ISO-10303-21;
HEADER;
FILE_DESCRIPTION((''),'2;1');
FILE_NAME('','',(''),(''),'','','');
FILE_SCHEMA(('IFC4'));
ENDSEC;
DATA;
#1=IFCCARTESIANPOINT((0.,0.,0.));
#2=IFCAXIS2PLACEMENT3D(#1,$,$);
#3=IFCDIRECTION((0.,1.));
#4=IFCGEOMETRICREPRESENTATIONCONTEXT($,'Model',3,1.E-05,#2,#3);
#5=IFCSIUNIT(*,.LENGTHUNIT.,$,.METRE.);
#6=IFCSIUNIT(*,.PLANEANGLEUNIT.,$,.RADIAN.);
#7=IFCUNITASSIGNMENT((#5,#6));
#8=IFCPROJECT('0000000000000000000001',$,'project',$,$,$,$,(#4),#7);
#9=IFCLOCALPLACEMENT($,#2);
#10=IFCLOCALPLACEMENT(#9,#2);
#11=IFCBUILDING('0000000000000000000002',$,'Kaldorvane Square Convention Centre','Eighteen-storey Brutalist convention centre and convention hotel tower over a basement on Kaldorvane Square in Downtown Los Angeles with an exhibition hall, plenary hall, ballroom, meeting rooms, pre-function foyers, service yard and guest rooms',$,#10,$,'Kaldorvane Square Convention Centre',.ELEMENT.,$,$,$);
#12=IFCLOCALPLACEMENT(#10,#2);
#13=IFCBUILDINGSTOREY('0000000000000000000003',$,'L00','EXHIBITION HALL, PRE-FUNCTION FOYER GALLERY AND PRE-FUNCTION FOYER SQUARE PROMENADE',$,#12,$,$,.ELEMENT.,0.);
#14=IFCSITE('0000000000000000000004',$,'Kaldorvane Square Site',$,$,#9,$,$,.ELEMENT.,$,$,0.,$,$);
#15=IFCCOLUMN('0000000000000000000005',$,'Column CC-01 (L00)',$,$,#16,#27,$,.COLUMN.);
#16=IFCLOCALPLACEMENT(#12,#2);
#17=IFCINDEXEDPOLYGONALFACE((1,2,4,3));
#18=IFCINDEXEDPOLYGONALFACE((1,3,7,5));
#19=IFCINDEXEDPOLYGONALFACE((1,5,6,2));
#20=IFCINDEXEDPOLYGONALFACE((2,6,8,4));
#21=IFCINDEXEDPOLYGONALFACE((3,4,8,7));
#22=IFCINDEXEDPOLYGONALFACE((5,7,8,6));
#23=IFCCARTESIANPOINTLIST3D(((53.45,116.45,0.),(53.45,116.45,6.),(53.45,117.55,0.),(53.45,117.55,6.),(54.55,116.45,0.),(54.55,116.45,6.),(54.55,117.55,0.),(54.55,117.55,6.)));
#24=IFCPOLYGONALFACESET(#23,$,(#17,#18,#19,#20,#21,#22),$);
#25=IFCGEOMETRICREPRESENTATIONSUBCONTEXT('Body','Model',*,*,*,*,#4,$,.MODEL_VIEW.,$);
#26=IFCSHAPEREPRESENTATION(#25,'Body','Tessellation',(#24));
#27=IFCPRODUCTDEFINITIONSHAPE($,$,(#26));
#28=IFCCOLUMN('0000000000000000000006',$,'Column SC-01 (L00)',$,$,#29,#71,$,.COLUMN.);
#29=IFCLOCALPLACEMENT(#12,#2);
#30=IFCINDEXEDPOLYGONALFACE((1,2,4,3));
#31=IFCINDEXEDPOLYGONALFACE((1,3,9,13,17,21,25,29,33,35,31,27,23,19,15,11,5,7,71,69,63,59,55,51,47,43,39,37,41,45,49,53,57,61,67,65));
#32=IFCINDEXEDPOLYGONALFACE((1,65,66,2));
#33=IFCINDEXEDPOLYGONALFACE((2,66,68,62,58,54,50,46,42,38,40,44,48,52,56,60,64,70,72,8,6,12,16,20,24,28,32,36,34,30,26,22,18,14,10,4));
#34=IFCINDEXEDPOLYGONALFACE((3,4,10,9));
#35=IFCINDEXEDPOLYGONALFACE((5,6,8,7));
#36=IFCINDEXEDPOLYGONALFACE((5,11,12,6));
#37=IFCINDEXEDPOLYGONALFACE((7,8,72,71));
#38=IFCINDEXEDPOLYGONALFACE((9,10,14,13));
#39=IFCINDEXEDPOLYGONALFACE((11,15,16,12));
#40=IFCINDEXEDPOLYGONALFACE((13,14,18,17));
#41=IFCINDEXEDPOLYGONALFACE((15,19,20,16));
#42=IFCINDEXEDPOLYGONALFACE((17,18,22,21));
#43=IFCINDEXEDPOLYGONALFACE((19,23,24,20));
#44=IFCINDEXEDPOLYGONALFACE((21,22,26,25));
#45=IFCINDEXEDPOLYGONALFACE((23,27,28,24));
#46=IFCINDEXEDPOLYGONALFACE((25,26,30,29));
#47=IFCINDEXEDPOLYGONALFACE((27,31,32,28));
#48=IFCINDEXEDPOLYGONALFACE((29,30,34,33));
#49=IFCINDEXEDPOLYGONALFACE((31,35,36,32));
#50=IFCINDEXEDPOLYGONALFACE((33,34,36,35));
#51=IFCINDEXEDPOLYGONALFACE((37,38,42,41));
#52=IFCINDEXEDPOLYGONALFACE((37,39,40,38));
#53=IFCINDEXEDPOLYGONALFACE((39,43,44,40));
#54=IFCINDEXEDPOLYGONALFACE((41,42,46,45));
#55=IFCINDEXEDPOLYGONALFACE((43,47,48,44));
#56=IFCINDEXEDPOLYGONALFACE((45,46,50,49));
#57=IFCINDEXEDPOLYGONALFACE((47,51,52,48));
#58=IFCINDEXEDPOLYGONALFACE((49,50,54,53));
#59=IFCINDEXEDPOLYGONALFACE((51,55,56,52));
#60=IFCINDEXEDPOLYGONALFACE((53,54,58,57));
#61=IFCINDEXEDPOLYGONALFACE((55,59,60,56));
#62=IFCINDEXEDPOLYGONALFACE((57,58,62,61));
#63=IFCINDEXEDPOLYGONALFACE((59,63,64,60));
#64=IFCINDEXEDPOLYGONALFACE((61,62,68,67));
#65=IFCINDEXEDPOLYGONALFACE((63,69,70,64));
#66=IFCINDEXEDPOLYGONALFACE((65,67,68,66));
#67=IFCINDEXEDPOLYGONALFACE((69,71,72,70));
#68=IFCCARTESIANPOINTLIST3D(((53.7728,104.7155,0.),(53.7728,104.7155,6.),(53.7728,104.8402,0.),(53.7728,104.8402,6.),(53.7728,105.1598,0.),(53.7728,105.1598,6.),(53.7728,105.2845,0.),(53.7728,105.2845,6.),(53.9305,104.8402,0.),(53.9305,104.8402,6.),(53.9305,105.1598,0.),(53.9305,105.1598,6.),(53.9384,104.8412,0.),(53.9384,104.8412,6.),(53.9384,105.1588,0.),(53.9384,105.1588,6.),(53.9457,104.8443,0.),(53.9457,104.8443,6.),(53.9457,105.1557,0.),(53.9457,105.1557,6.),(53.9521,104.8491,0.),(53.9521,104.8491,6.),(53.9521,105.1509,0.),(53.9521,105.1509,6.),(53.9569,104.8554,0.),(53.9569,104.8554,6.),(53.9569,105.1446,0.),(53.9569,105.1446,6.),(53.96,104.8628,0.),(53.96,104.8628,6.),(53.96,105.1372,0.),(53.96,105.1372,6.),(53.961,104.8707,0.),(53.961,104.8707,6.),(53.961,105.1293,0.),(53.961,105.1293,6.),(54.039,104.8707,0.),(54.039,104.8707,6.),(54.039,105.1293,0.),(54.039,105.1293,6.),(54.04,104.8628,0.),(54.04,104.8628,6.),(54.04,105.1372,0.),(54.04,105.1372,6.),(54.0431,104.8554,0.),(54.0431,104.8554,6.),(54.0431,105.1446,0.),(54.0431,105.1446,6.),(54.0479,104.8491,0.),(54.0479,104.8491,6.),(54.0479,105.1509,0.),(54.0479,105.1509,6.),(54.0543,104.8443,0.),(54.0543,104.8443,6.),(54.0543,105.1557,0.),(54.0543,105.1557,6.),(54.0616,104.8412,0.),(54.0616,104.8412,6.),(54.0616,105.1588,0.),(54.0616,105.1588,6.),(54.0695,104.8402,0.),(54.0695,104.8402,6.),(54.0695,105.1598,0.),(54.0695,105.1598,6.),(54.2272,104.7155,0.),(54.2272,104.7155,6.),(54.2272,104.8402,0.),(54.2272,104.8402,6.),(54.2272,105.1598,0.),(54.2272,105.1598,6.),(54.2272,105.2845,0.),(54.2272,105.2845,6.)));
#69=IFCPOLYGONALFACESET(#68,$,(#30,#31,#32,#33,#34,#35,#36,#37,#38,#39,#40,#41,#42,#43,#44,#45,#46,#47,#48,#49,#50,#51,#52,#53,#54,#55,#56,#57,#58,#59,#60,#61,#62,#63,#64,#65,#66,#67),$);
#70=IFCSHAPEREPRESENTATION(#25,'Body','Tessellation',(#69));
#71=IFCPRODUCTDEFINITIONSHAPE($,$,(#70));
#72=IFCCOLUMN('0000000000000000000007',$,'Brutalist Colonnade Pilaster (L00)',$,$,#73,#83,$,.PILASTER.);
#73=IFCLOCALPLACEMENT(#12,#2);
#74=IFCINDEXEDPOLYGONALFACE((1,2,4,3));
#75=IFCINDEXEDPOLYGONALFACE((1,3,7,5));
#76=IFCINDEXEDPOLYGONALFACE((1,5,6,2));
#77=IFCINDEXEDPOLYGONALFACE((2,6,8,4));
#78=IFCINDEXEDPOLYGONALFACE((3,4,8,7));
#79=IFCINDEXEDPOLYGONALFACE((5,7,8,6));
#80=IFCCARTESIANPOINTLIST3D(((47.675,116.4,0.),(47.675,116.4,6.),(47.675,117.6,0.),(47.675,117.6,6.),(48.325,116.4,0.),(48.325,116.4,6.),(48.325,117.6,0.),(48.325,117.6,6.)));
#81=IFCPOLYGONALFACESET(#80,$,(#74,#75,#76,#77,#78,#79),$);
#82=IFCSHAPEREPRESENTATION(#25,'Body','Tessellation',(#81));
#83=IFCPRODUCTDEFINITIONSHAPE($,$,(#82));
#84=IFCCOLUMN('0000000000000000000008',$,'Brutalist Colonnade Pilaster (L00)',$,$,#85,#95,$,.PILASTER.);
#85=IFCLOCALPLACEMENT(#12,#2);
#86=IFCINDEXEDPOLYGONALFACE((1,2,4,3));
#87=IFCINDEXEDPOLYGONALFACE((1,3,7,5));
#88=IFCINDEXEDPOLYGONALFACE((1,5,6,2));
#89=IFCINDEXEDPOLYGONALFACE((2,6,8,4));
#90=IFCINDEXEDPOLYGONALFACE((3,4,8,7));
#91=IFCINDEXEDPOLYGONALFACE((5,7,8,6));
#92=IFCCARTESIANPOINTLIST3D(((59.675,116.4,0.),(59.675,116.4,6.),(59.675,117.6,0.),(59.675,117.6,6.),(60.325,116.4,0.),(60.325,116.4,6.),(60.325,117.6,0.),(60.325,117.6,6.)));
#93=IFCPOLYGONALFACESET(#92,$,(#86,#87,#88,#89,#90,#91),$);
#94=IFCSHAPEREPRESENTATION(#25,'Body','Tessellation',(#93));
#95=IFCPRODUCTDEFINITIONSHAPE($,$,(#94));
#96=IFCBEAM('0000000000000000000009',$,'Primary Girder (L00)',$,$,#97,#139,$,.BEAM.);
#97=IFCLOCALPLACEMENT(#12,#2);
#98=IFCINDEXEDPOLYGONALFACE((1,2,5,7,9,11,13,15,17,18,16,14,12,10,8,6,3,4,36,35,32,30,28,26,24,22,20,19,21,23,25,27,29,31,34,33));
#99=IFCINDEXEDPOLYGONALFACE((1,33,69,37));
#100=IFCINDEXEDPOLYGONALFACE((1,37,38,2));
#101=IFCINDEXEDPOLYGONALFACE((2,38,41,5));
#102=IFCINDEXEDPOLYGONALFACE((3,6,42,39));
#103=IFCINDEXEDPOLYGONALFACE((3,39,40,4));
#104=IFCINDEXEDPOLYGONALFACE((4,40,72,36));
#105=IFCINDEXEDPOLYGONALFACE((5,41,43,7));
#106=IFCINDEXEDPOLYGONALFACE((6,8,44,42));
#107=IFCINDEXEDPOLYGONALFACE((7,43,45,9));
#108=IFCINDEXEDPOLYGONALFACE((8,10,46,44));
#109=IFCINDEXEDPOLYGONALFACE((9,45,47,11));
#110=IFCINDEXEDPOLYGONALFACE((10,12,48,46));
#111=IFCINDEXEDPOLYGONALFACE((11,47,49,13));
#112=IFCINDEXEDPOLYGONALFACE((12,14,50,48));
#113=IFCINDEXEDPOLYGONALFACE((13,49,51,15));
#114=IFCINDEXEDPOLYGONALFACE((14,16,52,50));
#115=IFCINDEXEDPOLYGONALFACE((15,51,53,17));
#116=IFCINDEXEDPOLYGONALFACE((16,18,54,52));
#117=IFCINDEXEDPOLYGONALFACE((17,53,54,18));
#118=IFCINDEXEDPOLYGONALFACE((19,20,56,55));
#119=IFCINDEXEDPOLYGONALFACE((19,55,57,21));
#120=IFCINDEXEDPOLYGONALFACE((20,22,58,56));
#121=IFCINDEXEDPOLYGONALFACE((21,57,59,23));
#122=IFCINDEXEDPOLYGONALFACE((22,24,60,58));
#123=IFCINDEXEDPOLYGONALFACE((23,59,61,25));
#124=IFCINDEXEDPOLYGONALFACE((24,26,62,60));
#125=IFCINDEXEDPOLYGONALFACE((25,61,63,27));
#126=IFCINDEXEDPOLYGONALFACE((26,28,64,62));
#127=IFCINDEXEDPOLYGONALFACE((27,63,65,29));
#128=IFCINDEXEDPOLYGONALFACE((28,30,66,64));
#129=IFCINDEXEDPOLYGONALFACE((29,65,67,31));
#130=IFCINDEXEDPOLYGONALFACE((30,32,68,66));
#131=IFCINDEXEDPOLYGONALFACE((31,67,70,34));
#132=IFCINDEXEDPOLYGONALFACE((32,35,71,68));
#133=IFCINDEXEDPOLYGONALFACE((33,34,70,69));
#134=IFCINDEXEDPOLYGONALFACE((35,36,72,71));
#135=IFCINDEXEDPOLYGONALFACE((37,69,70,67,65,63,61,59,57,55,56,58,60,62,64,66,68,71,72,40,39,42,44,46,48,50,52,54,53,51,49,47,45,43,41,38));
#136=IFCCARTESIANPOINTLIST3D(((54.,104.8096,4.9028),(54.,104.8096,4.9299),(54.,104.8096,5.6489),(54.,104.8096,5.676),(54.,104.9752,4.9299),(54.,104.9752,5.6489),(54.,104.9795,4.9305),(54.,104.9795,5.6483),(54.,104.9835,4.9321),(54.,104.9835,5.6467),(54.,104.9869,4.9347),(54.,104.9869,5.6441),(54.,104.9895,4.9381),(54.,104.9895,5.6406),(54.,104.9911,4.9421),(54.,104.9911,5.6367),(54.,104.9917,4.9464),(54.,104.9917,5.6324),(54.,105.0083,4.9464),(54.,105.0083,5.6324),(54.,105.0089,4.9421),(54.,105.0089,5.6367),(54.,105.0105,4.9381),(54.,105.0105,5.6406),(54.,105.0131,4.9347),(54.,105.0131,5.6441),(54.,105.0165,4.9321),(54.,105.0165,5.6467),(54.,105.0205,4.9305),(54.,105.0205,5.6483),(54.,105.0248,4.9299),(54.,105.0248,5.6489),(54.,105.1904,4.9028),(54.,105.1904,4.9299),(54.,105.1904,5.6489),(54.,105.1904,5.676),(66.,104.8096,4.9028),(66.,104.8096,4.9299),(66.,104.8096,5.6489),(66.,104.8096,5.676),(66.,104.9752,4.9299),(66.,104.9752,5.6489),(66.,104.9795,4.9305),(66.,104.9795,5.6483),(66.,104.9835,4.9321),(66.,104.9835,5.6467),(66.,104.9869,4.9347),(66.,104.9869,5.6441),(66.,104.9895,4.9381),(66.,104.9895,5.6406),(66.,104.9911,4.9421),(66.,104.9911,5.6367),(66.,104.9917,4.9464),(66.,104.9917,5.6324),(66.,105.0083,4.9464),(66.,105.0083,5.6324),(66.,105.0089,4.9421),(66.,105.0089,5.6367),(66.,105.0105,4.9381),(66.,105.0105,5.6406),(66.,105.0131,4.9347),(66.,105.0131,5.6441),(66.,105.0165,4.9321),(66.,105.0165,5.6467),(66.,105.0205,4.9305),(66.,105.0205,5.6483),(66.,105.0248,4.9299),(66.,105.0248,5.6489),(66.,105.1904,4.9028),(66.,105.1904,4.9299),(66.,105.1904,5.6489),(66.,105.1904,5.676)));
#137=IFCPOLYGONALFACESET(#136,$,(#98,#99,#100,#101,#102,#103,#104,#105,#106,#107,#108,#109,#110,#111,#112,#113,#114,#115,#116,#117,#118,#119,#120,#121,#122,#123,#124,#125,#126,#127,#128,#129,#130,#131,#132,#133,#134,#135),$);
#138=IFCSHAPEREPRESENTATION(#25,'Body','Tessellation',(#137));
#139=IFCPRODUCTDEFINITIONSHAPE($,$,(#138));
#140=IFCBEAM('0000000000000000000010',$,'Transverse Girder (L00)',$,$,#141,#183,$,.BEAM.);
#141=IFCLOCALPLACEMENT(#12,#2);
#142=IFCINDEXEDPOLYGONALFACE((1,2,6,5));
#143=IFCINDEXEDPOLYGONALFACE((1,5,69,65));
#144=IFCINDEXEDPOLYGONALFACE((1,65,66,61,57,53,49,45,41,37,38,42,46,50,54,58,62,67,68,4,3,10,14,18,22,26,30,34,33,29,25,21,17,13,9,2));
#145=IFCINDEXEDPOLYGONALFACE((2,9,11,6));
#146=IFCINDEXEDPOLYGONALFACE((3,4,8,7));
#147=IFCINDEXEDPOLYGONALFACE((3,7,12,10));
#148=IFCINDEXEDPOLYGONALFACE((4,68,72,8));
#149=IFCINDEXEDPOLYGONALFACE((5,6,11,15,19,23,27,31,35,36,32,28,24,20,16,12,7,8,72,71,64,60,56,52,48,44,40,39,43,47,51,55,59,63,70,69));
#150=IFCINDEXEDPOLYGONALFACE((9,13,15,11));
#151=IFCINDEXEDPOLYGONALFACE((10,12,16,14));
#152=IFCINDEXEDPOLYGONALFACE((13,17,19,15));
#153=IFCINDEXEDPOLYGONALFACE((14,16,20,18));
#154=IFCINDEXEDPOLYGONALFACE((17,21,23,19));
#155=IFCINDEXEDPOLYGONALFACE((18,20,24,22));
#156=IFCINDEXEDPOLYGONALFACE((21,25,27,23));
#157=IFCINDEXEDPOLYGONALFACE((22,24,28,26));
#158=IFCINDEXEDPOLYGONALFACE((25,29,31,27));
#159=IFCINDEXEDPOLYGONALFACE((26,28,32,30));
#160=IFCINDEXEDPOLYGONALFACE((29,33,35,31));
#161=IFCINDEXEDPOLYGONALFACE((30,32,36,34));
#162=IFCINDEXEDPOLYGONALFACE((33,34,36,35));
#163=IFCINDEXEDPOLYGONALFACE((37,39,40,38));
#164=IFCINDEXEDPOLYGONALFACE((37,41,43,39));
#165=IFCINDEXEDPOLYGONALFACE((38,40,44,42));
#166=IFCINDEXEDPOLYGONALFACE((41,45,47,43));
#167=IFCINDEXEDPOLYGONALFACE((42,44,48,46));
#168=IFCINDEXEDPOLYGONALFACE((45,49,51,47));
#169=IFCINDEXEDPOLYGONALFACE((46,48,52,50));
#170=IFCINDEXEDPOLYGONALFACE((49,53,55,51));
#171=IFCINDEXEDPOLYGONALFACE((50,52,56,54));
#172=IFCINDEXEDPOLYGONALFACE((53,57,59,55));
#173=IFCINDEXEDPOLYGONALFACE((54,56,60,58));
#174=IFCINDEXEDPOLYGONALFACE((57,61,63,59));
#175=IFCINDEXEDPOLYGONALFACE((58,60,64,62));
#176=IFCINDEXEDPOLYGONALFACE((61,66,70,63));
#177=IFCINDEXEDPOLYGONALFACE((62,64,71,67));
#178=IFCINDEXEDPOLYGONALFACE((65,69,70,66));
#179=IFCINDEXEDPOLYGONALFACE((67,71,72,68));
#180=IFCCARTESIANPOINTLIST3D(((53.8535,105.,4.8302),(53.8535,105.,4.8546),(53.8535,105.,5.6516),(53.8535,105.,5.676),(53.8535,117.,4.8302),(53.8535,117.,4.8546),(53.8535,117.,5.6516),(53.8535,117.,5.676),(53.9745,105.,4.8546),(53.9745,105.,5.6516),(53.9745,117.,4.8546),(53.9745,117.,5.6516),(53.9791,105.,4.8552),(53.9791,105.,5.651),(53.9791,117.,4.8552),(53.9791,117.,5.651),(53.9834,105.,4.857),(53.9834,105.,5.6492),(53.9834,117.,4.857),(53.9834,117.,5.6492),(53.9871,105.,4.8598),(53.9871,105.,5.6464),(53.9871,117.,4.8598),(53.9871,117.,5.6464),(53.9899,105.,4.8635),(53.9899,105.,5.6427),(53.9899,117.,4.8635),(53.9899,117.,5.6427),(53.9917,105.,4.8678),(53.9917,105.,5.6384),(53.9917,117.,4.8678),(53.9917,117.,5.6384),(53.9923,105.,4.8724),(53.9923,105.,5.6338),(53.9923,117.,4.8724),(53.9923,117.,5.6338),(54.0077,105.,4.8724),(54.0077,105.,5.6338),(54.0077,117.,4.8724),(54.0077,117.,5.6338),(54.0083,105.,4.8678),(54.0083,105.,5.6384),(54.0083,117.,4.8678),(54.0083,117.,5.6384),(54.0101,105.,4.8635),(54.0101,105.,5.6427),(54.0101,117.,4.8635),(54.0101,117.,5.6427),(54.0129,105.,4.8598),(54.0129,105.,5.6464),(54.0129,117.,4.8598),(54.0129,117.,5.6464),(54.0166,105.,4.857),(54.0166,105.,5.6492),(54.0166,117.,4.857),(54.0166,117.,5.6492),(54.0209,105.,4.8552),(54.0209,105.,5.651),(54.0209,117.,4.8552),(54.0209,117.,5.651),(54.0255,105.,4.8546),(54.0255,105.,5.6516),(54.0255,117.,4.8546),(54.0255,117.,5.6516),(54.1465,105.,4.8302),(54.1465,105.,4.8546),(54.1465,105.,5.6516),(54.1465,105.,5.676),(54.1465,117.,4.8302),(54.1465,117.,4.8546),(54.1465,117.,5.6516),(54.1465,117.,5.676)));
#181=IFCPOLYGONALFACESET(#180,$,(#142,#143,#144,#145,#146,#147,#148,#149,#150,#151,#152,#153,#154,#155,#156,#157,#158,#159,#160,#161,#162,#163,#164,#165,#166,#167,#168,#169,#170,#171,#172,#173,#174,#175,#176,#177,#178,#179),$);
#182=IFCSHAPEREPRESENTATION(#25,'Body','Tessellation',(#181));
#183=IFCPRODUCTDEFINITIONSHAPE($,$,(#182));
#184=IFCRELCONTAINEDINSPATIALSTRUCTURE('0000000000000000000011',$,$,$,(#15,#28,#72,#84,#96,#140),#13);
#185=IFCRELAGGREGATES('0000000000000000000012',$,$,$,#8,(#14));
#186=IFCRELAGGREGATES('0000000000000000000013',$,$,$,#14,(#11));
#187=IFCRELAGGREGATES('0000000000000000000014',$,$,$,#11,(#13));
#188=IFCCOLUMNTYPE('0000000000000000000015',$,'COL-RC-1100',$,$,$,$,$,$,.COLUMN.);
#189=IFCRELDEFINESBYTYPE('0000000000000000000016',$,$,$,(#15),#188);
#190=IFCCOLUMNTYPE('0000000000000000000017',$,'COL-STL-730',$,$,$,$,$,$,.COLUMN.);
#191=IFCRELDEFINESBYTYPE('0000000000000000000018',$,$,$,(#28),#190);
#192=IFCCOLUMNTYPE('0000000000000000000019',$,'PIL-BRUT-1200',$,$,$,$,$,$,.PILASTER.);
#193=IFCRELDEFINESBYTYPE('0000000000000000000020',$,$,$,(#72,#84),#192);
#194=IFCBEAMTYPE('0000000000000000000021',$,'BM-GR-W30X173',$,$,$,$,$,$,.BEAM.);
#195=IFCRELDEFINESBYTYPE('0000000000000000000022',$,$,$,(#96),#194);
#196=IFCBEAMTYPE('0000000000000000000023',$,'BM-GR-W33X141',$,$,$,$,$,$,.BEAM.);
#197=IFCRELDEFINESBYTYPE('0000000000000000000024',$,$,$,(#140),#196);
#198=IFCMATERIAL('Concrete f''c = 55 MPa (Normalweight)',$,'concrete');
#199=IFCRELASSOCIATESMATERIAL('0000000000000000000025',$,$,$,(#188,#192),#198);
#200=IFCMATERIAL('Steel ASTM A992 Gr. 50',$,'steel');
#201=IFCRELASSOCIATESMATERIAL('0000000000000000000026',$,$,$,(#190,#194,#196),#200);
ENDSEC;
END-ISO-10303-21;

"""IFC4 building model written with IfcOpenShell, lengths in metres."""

from ifc_helpers import new_model, si_unit, direction, frame, origin, origin_2d, place, context, subcontext, project, spatial, rectangle, i_section, extrude, material, material_profile, profile_set, type_object, element, save


model = new_model("IFC4")

# Units and contexts
model_context = context("Model", 3, precision=1e-05, world=origin(), true_north=direction((0.0, 1.0)))
body_context = subcontext(model_context, "Body", "Model", "MODEL_VIEW")
ifc_project = project(units=[si_unit("LENGTHUNIT", "METRE"), si_unit("PLANEANGLEUNIT", "RADIAN")], contexts=[model_context])

# Site, building, storey
site_placement = place(None, origin())
site = spatial("IfcSite", under=ifc_project, at=site_placement, Name="Kaldorvane Square Site", CompositionType="ELEMENT", RefElevation=0.0)
building_placement = place(site_placement, origin())
building = spatial("IfcBuilding", under=site, at=building_placement, Name="Kaldorvane Square Convention Centre", Description="Eighteen-storey Brutalist convention centre and convention hotel tower over a basement on Kaldorvane Square in Downtown Los Angeles with an exhibition hall, plenary hall, ballroom, meeting rooms, pre-function foyers, service yard and guest rooms", LongName="Kaldorvane Square Convention Centre", CompositionType="ELEMENT")
storey_placement = place(building_placement, origin())
storey = spatial("IfcBuildingStorey", under=building, at=storey_placement, Name="L00", Description="EXHIBITION HALL, PRE-FUNCTION FOYER GALLERY AND PRE-FUNCTION FOYER SQUARE PROMENADE", CompositionType="ELEMENT", Elevation=0.0)

# Columns
ifc_material_1 = material(Name="Concrete f'c = 55 MPa (Normalweight)", Category="concrete")
ifc_material_profile_1 = material_profile(ifc_material_1, rectangle(XDim=1.1, YDim=1.1, at=origin_2d()), Name="RC1100X1100")
ifc_profile_set_1 = profile_set([ifc_material_profile_1], Name="Concrete f'c = 55 MPa (Normalweight)")
column_type_1 = type_object("IfcColumnType", Name="COL-RC-1100", PredefinedType="COLUMN", material=ifc_profile_set_1)
column_1_placement = place(storey_placement, frame((54.0, 117.0, 0.0), z_axis=(0.0, 0.0, 1.0), x_axis=(1.0, 0.0, 0.0)))
element("IfcColumn", 1, at=column_1_placement, inside=storey, type_object=column_type_1, Name="Column CC-01 (L00)", PredefinedType="COLUMN", context=body_context, shape_type="SweptSolid", body=[
    extrude(rectangle(XDim=1.1, YDim=1.1, at=origin_2d()), origin(), (0.0, 0.0, 1.0), 6.0),
])
ifc_material_2 = material(Name="Steel ASTM A992 Gr. 50", Category="steel")
ifc_material_profile_2 = material_profile(ifc_material_2, i_section(OverallWidth=0.4544, OverallDepth=0.569, WebThickness=0.078, FlangeThickness=0.1247, FilletRadius=0.0305, at=origin_2d()), Name="W14X730")
ifc_profile_set_2 = profile_set([ifc_material_profile_2], Name="Steel ASTM A992 Gr. 50")
column_type_2 = type_object("IfcColumnType", Name="COL-STL-730", PredefinedType="COLUMN", material=ifc_profile_set_2)
column_2_placement = place(storey_placement, frame((54.0, 105.0, 0.0), z_axis=(0.0, 0.0, 1.0), x_axis=(1.0, 0.0, 0.0)))
element("IfcColumn", 2, at=column_2_placement, inside=storey, type_object=column_type_2, Name="Column SC-01 (L00)", PredefinedType="COLUMN", context=body_context, shape_type="SweptSolid", body=[
    extrude(i_section(OverallWidth=0.4544, OverallDepth=0.569, WebThickness=0.078, FlangeThickness=0.1247, FilletRadius=0.0305, at=origin_2d()), origin(), (0.0, 0.0, 1.0), 6.0),
])
ifc_material_profile_3 = material_profile(ifc_material_1, rectangle(XDim=0.65, YDim=1.2, at=origin_2d()), Name="PIL1200X650")
ifc_profile_set_3 = profile_set([ifc_material_profile_3], Name="Concrete f'c = 55 MPa (Normalweight)")
column_type_3 = type_object("IfcColumnType", Name="PIL-BRUT-1200", PredefinedType="PILASTER", material=ifc_profile_set_3)
for number, where, z_axis, x_axis, name in (
    (3, (48.0, 117.0, 0.0), (0.0, 0.0, 1.0), (1.0, 0.0, 0.0), "Brutalist Colonnade Pilaster (L00)"),
    (4, (60.0, 117.0, 0.0), (0.0, 0.0, 1.0), (1.0, 0.0, 0.0), "Brutalist Colonnade Pilaster (L00)"),
):
    element("IfcColumn", number, at=place(storey_placement, frame(where, z_axis=z_axis, x_axis=x_axis)), inside=storey, type_object=column_type_3, Name=name, PredefinedType="PILASTER", context=body_context, shape_type="SweptSolid", body=[
        extrude(rectangle(XDim=0.65, YDim=1.2, at=origin_2d()), origin(), (0.0, 0.0, 1.0), 6.0),
    ])

# Beams
ifc_material_profile_4 = material_profile(ifc_material_2, i_section(OverallWidth=0.3807, OverallDepth=0.7732, WebThickness=0.0166, FlangeThickness=0.0271, FilletRadius=0.0165, at=origin_2d()), Name="W30X173")
ifc_profile_set_4 = profile_set([ifc_material_profile_4], Name="Steel ASTM A992 Gr. 50")
beam_type_1 = type_object("IfcBeamType", Name="BM-GR-W30X173", PredefinedType="BEAM", material=ifc_profile_set_4)
beam_1_placement = place(storey_placement, frame((54.0, 105.0, 5.2894), z_axis=(1.0, 0.0, 0.0), x_axis=(0.0, 1.0, 0.0)))
element("IfcBeam", 5, at=beam_1_placement, inside=storey, type_object=beam_type_1, Name="Primary Girder (L00)", PredefinedType="BEAM", context=body_context, shape_type="SweptSolid", body=[
    extrude(i_section(OverallWidth=0.3807, OverallDepth=0.7732, WebThickness=0.0166, FlangeThickness=0.0271, FilletRadius=0.0165, at=origin_2d()), origin(), (0.0, 0.0, 1.0), 12.0),
])
ifc_material_profile_5 = material_profile(ifc_material_2, i_section(OverallWidth=0.293, OverallDepth=0.8458, WebThickness=0.0154, FlangeThickness=0.0244, FilletRadius=0.0178, at=origin_2d()), Name="W33X141")
ifc_profile_set_5 = profile_set([ifc_material_profile_5], Name="Steel ASTM A992 Gr. 50")
beam_type_2 = type_object("IfcBeamType", Name="BM-GR-W33X141", PredefinedType="BEAM", material=ifc_profile_set_5)
beam_2_placement = place(storey_placement, frame((54.0, 105.0, 5.2531), z_axis=(0.0, 1.0, 0.0), x_axis=(-1.0, 0.0, 0.0)))
element("IfcBeam", 6, at=beam_2_placement, inside=storey, type_object=beam_type_2, Name="Transverse Girder (L00)", PredefinedType="BEAM", context=body_context, shape_type="SweptSolid", body=[
    extrude(i_section(OverallWidth=0.293, OverallDepth=0.8458, WebThickness=0.0154, FlangeThickness=0.0244, FilletRadius=0.0178, at=origin_2d()), origin(), (0.0, 0.0, 1.0), 12.0),
])

save(model, "model.ifc")
